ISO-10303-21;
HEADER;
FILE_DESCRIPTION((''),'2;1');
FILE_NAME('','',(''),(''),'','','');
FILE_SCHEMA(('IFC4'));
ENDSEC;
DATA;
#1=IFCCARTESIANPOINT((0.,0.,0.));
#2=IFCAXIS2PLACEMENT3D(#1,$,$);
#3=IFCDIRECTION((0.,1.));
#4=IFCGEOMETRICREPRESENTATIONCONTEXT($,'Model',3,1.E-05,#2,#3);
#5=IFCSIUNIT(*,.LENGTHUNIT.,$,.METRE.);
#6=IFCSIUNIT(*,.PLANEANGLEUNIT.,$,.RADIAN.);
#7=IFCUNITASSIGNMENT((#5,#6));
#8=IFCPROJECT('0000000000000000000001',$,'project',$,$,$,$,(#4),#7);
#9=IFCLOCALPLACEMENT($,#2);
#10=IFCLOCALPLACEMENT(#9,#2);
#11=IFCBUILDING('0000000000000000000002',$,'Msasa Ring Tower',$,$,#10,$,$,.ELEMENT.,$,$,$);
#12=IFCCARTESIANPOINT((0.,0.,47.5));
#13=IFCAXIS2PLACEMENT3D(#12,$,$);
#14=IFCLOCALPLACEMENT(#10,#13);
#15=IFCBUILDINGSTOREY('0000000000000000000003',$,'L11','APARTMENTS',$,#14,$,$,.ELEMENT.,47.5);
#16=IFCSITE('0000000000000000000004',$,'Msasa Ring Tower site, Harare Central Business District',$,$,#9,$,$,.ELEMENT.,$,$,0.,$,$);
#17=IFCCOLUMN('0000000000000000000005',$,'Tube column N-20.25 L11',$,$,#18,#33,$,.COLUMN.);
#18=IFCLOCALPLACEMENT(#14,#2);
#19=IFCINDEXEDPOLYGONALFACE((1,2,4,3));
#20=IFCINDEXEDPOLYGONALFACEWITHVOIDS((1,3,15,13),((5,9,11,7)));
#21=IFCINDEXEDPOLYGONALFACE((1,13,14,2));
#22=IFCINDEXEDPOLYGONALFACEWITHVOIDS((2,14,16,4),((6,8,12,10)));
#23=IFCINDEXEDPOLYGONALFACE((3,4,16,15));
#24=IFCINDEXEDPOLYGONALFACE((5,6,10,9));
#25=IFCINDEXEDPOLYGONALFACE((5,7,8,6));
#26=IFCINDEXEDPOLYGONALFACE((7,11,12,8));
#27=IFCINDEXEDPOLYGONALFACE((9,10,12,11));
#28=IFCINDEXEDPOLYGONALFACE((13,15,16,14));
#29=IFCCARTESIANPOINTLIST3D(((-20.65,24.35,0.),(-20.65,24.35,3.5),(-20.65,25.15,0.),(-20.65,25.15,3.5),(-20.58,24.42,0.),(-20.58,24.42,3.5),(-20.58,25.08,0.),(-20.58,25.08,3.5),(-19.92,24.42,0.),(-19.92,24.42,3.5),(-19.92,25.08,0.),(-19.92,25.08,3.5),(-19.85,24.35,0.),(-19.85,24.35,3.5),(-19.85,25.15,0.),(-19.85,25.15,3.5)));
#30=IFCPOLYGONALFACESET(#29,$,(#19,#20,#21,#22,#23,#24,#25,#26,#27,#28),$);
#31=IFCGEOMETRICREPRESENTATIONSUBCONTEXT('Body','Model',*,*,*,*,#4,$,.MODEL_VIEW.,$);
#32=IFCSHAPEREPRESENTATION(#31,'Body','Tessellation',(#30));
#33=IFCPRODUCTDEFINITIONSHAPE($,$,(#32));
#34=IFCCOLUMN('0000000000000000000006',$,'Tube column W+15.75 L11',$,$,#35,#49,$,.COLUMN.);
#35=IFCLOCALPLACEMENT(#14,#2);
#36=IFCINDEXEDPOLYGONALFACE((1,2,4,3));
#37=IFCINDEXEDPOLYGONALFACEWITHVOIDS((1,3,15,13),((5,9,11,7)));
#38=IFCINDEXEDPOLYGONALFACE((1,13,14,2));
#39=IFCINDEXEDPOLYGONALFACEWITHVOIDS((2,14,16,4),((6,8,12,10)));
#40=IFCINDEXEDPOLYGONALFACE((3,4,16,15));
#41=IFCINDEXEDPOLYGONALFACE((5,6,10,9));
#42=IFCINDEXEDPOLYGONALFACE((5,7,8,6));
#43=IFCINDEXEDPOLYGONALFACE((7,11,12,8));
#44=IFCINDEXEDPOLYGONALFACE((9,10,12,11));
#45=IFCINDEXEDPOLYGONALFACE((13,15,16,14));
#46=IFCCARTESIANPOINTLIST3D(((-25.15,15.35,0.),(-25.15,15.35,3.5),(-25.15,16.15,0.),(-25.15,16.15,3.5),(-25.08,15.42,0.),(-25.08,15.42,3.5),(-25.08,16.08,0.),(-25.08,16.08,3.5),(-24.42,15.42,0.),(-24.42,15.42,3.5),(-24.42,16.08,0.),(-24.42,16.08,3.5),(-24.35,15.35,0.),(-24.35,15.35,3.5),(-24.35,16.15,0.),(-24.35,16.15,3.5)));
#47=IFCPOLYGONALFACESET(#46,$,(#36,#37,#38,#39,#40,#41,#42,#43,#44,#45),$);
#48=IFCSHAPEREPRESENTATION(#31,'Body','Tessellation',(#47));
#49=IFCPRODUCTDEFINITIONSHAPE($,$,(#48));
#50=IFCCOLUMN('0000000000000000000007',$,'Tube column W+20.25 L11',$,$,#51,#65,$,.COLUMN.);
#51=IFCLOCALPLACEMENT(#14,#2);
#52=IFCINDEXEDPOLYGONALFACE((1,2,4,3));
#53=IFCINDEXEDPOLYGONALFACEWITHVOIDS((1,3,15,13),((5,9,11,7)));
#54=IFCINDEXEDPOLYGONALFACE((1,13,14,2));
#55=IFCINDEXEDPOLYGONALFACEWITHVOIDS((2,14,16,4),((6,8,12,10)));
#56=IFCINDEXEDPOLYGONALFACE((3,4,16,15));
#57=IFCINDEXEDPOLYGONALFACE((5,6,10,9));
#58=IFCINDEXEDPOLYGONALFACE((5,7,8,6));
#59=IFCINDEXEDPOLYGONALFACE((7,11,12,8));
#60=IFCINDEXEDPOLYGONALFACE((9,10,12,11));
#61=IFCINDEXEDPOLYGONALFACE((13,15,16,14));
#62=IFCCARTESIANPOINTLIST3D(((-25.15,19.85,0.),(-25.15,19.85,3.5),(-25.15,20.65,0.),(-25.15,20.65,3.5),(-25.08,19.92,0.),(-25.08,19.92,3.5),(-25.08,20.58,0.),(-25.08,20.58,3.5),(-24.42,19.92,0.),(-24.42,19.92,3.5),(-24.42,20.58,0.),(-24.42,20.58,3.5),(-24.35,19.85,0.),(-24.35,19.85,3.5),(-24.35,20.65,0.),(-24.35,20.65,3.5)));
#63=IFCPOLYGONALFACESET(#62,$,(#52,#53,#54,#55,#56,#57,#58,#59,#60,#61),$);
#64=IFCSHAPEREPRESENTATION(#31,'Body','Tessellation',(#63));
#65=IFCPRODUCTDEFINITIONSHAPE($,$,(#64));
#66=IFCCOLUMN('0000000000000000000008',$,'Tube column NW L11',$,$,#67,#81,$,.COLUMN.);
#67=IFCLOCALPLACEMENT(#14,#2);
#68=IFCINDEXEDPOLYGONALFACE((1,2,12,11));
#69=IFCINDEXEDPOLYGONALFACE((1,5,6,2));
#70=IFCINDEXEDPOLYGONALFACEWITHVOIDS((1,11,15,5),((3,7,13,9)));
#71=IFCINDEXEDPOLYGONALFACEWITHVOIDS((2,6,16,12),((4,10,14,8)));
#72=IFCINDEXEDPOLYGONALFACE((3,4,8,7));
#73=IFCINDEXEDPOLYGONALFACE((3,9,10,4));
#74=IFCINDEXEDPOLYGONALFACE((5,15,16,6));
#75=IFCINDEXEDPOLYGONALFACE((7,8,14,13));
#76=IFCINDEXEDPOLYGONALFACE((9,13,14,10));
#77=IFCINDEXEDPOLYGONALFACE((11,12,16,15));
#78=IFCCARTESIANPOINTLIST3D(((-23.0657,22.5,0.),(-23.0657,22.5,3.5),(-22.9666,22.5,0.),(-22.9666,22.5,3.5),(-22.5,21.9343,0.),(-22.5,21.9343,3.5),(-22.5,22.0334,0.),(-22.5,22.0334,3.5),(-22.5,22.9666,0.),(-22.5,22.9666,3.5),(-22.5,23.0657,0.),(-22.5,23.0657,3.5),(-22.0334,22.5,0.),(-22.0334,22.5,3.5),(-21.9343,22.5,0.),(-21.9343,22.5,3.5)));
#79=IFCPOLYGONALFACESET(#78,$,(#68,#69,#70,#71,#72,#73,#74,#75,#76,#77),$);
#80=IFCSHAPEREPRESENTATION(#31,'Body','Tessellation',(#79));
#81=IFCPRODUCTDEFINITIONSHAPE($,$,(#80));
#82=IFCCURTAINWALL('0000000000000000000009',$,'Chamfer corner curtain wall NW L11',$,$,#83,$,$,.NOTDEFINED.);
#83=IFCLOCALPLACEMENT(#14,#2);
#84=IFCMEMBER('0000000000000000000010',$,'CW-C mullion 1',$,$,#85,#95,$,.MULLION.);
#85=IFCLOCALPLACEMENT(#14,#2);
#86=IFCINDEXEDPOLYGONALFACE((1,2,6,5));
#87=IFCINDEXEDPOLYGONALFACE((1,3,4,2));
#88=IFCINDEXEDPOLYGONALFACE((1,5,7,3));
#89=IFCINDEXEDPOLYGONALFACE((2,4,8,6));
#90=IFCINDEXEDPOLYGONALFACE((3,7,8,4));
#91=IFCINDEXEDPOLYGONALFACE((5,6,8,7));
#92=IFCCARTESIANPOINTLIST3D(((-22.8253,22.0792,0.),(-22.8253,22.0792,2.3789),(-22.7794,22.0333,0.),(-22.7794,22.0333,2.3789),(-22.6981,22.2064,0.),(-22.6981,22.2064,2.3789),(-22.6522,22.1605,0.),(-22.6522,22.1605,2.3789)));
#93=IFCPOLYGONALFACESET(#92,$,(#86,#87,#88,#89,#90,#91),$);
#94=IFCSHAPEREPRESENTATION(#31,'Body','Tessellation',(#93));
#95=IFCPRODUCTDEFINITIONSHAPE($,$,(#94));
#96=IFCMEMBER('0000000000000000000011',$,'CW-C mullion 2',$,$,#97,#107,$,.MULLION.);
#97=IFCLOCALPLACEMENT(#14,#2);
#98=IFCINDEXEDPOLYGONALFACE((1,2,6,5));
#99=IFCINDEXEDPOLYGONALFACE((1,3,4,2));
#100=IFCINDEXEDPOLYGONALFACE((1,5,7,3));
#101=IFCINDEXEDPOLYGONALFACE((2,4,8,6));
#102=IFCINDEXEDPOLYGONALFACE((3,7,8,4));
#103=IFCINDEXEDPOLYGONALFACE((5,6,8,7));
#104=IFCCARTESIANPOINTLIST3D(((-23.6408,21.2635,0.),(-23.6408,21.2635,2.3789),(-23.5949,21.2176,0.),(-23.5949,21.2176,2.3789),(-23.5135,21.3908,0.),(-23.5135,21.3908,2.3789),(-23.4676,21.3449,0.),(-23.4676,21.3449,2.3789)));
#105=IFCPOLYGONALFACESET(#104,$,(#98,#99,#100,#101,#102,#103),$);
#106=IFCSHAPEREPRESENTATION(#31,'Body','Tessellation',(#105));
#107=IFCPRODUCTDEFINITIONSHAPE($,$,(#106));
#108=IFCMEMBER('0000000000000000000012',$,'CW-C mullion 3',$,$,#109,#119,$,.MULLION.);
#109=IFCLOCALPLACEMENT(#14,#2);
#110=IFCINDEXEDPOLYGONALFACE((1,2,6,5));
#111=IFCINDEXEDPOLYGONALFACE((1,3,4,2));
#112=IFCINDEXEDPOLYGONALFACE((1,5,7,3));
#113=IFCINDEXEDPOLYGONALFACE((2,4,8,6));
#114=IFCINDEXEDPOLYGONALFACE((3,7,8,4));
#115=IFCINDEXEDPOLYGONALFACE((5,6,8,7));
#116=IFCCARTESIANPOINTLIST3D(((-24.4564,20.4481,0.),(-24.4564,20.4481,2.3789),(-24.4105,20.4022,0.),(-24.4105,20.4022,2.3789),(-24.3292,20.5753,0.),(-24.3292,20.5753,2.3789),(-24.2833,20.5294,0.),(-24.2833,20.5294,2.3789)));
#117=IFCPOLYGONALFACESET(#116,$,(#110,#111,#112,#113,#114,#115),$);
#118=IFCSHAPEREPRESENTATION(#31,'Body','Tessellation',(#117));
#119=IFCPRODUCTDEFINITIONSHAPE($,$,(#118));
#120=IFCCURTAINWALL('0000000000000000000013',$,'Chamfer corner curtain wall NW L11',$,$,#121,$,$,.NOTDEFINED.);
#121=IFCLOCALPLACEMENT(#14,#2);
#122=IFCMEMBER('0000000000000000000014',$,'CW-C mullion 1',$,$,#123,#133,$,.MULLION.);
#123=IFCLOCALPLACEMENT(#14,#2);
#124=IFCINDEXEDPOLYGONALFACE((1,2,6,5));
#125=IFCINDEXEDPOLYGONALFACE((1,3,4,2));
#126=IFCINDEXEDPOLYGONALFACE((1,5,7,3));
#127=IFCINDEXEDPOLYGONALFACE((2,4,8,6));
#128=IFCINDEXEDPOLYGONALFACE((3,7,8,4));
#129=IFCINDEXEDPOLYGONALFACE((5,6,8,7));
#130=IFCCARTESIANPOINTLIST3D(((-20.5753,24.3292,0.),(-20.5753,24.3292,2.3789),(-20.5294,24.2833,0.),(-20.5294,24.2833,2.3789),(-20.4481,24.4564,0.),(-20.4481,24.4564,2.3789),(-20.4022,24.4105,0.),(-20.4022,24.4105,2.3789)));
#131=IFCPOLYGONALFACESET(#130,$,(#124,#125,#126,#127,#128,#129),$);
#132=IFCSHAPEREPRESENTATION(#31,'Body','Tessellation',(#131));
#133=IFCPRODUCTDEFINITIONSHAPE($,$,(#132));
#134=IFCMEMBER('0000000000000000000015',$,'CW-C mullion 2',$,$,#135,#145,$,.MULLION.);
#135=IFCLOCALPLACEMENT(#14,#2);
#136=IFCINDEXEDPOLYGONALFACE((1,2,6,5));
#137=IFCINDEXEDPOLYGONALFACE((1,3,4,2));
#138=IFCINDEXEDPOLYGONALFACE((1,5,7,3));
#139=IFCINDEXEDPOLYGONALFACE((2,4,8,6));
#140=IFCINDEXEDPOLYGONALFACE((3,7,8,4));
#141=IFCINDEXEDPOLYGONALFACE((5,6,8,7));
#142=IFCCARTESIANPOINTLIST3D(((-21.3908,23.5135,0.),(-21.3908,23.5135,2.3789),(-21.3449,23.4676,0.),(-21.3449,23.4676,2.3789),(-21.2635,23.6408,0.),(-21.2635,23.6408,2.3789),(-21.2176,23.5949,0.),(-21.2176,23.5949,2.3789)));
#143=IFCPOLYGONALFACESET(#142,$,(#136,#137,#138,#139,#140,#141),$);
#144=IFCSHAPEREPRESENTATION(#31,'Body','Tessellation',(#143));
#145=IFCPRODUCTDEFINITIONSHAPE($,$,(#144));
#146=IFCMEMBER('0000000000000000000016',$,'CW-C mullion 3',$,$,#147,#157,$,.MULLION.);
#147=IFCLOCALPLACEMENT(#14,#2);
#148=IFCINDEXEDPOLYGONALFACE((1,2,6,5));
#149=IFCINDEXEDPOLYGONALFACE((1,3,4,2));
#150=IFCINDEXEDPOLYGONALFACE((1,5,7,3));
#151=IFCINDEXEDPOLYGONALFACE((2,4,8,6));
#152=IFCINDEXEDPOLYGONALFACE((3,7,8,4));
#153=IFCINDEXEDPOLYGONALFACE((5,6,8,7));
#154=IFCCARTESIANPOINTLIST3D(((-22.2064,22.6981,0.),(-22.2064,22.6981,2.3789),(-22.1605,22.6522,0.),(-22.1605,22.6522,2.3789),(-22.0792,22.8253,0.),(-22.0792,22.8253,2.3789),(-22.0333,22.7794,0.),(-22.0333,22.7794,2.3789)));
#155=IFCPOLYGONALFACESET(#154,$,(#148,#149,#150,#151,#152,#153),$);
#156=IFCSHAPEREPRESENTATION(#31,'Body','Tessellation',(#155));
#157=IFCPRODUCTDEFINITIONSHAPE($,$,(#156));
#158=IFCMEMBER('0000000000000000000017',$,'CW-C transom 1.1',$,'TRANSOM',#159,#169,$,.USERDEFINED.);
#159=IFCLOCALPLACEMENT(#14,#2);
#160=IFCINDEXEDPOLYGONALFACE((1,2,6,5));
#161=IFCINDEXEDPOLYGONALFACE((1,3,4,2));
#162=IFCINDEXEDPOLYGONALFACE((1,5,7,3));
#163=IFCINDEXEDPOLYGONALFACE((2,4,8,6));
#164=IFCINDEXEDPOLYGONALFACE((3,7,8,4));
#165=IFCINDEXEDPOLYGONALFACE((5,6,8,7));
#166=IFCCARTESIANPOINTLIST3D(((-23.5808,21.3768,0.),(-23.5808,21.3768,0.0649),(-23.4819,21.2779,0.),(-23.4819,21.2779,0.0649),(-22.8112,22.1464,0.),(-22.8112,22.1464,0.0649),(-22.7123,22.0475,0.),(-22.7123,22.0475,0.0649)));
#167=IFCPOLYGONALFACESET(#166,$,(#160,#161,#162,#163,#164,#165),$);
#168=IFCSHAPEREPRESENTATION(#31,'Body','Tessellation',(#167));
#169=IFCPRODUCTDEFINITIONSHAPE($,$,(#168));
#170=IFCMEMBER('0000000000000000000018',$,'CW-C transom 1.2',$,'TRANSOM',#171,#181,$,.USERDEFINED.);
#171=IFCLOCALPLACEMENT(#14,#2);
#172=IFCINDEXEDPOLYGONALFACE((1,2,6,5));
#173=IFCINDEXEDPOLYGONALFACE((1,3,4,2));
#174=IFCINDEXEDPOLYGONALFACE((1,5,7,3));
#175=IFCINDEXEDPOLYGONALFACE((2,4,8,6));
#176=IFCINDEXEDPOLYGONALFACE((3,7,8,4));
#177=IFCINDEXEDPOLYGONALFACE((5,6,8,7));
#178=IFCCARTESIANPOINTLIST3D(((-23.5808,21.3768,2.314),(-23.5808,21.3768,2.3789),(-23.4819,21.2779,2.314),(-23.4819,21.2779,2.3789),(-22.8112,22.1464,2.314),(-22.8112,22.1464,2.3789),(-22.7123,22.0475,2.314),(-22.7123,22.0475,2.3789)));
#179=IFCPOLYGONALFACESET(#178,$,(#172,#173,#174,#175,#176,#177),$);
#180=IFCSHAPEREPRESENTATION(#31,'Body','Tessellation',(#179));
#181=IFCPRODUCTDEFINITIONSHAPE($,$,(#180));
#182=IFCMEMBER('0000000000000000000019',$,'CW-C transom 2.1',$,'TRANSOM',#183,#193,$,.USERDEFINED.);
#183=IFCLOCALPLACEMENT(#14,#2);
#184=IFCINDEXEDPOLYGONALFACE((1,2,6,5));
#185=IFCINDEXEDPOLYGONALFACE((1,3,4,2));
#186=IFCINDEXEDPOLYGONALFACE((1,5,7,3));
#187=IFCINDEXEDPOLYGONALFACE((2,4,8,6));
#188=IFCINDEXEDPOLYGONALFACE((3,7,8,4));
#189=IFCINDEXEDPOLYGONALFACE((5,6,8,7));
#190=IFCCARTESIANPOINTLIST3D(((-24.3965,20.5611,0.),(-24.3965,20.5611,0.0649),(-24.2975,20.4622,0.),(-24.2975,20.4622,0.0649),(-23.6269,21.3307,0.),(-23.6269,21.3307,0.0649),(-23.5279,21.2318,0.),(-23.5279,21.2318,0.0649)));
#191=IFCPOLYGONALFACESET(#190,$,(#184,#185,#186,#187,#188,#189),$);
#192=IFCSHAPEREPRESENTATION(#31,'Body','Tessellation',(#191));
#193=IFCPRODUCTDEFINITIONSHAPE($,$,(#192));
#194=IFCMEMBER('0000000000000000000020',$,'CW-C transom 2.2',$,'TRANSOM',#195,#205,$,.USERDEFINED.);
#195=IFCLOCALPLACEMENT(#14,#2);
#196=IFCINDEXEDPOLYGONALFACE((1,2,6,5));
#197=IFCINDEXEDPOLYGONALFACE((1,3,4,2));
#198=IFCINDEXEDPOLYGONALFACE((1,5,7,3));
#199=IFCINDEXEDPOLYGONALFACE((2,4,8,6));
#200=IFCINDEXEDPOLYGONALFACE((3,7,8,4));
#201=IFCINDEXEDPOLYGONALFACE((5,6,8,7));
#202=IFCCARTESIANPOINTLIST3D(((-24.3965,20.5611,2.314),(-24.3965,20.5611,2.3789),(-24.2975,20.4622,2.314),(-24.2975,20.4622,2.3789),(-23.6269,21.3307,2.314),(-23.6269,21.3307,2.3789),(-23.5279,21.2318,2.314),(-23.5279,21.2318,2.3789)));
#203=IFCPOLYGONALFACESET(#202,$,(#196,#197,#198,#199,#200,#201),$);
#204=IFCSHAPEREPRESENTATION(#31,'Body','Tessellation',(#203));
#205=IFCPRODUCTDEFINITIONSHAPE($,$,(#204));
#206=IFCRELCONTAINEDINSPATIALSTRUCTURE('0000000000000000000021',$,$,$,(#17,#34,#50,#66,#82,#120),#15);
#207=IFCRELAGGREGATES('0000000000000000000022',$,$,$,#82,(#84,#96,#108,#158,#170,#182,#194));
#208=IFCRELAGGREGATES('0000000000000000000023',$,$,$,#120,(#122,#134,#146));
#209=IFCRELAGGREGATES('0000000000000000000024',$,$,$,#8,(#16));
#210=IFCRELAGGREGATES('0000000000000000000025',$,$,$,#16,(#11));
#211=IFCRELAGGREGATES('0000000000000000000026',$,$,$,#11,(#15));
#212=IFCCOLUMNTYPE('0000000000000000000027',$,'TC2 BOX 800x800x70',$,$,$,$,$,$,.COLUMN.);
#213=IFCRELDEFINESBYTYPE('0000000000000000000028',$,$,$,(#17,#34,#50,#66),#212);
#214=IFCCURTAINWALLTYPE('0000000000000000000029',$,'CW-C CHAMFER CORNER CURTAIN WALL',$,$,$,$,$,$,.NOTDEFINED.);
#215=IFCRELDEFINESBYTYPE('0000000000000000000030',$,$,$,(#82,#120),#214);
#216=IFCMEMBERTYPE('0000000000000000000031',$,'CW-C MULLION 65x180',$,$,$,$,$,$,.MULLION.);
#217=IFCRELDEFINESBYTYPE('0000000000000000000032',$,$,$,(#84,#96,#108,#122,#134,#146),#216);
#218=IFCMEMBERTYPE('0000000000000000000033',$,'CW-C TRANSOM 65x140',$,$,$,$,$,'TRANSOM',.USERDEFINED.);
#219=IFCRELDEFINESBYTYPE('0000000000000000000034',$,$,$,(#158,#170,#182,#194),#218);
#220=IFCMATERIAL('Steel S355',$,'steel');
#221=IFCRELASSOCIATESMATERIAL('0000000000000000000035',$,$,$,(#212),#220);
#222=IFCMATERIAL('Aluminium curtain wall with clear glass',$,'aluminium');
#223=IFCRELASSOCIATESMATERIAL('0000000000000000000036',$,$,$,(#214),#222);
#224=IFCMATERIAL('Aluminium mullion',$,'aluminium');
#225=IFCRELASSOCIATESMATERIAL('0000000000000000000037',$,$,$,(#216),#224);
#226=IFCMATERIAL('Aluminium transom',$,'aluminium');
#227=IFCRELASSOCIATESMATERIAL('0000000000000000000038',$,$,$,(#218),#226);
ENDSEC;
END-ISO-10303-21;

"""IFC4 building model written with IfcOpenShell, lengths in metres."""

from ifc_helpers import new_model, si_unit, direction, frame, origin, origin_2d, place, context, subcontext, project, spatial, rectangle, hollow_rectangle, extrude, material, material_profile, profile_set, type_object, element, aggregate, save


model = new_model("IFC4")

# Units and contexts
model_context = context("Model", 3, precision=1e-05, world=origin(), true_north=direction((0.0, 1.0)))
body_context = subcontext(model_context, "Body", "Model", "MODEL_VIEW")
ifc_project = project(units=[si_unit("LENGTHUNIT", "METRE"), si_unit("PLANEANGLEUNIT", "RADIAN")], contexts=[model_context])

# Site, building, storey
site_placement = place(None, origin())
site = spatial("IfcSite", under=ifc_project, at=site_placement, Name="Msasa Ring Tower site, Harare Central Business District", CompositionType="ELEMENT", RefElevation=0.0)
building_placement = place(site_placement, origin())
building = spatial("IfcBuilding", under=site, at=building_placement, Name="Msasa Ring Tower", CompositionType="ELEMENT")
storey_placement = place(building_placement, frame((0.0, 0.0, 47.5)))
storey = spatial("IfcBuildingStorey", under=building, at=storey_placement, Name="L11", Description="APARTMENTS", CompositionType="ELEMENT", Elevation=47.5)

# Columns
ifc_material_1 = material(Name="Steel S355", Category="steel")
ifc_material_profile_1 = material_profile(ifc_material_1, hollow_rectangle(XDim=0.8, YDim=0.8, WallThickness=0.0701, at=origin_2d()), Name="BOX 800x800x70")
ifc_profile_set_1 = profile_set([ifc_material_profile_1], Name="Steel S355")
column_type = type_object("IfcColumnType", Name="TC2 BOX 800x800x70", PredefinedType="COLUMN", material=ifc_profile_set_1)
for number, where, z_axis, x_axis, name in (
    (1, (-20.25, 24.75, 0.0), (0.0, 0.0, 1.0), (0.0, 1.0, 0.0), "Tube column N-20.25 L11"),
    (2, (-24.75, 15.75, 0.0), (0.0, 0.0, 1.0), (1.0, 0.0, 0.0), "Tube column W+15.75 L11"),
    (3, (-24.75, 20.25, 0.0), (0.0, 0.0, 1.0), (1.0, 0.0, 0.0), "Tube column W+20.25 L11"),
    (4, (-22.5, 22.5, 0.0), (0.0, 0.0, 1.0), (0.707107, -0.707107, 0.0), "Tube column NW L11"),
):
    element("IfcColumn", number, at=place(storey_placement, frame(where, z_axis=z_axis, x_axis=x_axis)), inside=storey, type_object=column_type, Name=name, PredefinedType="COLUMN", context=body_context, shape_type="SweptSolid", body=[
        extrude(hollow_rectangle(XDim=0.8, YDim=0.8, WallThickness=0.0701, at=origin_2d()), origin(), (0.0, 0.0, 1.0), 3.5),
    ])

# Curtain walls, members
ifc_material_2 = material(Name="Aluminium curtain wall with clear glass", Category="aluminium")
curtain_wall_type = type_object("IfcCurtainWallType", Name="CW-C CHAMFER CORNER CURTAIN WALL", PredefinedType="NOTDEFINED", material=ifc_material_2)
curtain_wall_1_placement = place(storey_placement, origin())
curtain_wall_1 = element("IfcCurtainWall", 5, at=curtain_wall_1_placement, inside=storey, type_object=curtain_wall_type, Name="Chamfer corner curtain wall NW L11", PredefinedType="NOTDEFINED")
ifc_material_3 = material(Name="Aluminium mullion", Category="aluminium")
ifc_material_profile_2 = material_profile(ifc_material_3, rectangle(XDim=0.0649, YDim=0.1799, at=origin_2d()), Name="AL 65x180")
ifc_profile_set_2 = profile_set([ifc_material_profile_2], Name="Aluminium mullion")
member_type_1 = type_object("IfcMemberType", Name="CW-C MULLION 65x180", PredefinedType="MULLION", material=ifc_profile_set_2)
member_1_placement = place(storey_placement, frame((-22.7388, 22.1199, 0.0), z_axis=(0.0, 0.0, 1.0), x_axis=(0.707107, -0.707107, 0.0)))
member_1 = element("IfcMember", 6, at=member_1_placement, type_object=member_type_1, Name="CW-C mullion 1", PredefinedType="MULLION", context=body_context, shape_type="SweptSolid", body=[
    extrude(rectangle(XDim=0.0649, YDim=0.1799, at=origin_2d()), origin(), (0.0, 0.0, 1.0), 2.3789),
])
member_2_placement = place(storey_placement, frame((-23.5542, 21.3042, 0.0), z_axis=(0.0, 0.0, 1.0), x_axis=(0.707107, -0.707107, 0.0)))
member_2 = element("IfcMember", 7, at=member_2_placement, type_object=member_type_1, Name="CW-C mullion 2", PredefinedType="MULLION", context=body_context, shape_type="SweptSolid", body=[
    extrude(rectangle(XDim=0.0649, YDim=0.1799, at=origin_2d()), origin(), (0.0, 0.0, 1.0), 2.3789),
])
member_3_placement = place(storey_placement, frame((-24.3699, 20.4888, 0.0), z_axis=(0.0, 0.0, 1.0), x_axis=(0.707107, -0.707107, 0.0)))
member_3 = element("IfcMember", 8, at=member_3_placement, type_object=member_type_1, Name="CW-C mullion 3", PredefinedType="MULLION", context=body_context, shape_type="SweptSolid", body=[
    extrude(rectangle(XDim=0.0649, YDim=0.1799, at=origin_2d()), origin(), (0.0, 0.0, 1.0), 2.3789),
])
curtain_wall_2_placement = place(storey_placement, origin())
curtain_wall_2 = element("IfcCurtainWall", 9, at=curtain_wall_2_placement, inside=storey, type_object=curtain_wall_type, Name="Chamfer corner curtain wall NW L11", PredefinedType="NOTDEFINED")
member_4_placement = place(storey_placement, frame((-20.4888, 24.3699, 0.0), z_axis=(0.0, 0.0, 1.0), x_axis=(0.707107, -0.707107, 0.0)))
member_4 = element("IfcMember", 10, at=member_4_placement, type_object=member_type_1, Name="CW-C mullion 1", PredefinedType="MULLION", context=body_context, shape_type="SweptSolid", body=[
    extrude(rectangle(XDim=0.0649, YDim=0.1799, at=origin_2d()), origin(), (0.0, 0.0, 1.0), 2.3789),
])
member_5_placement = place(storey_placement, frame((-21.3042, 23.5542, 0.0), z_axis=(0.0, 0.0, 1.0), x_axis=(0.707107, -0.707107, 0.0)))
member_5 = element("IfcMember", 11, at=member_5_placement, type_object=member_type_1, Name="CW-C mullion 2", PredefinedType="MULLION", context=body_context, shape_type="SweptSolid", body=[
    extrude(rectangle(XDim=0.0649, YDim=0.1799, at=origin_2d()), origin(), (0.0, 0.0, 1.0), 2.3789),
])
member_6_placement = place(storey_placement, frame((-22.1199, 22.7388, 0.0), z_axis=(0.0, 0.0, 1.0), x_axis=(0.707107, -0.707107, 0.0)))
member_6 = element("IfcMember", 12, at=member_6_placement, type_object=member_type_1, Name="CW-C mullion 3", PredefinedType="MULLION", context=body_context, shape_type="SweptSolid", body=[
    extrude(rectangle(XDim=0.0649, YDim=0.1799, at=origin_2d()), origin(), (0.0, 0.0, 1.0), 2.3789),
])

# Members
ifc_material_4 = material(Name="Aluminium transom", Category="aluminium")
ifc_material_profile_3 = material_profile(ifc_material_4, rectangle(XDim=0.1399, YDim=0.0649, at=origin_2d()), Name="AL 65x140")
ifc_profile_set_3 = profile_set([ifc_material_profile_3], Name="Aluminium transom")
member_type_2 = type_object("IfcMemberType", Name="CW-C TRANSOM 65x140", ElementType="TRANSOM", PredefinedType="USERDEFINED", material=ifc_profile_set_3)
member_7_placement = place(storey_placement, frame((-22.7617, 22.0969, 0.0325), z_axis=(-0.707107, -0.707107, 0.0), x_axis=(0.707107, -0.707107, 0.0)))
member_7 = element("IfcMember", 13, at=member_7_placement, type_object=member_type_2, Name="CW-C transom 1.1", ObjectType="TRANSOM", PredefinedType="USERDEFINED", context=body_context, shape_type="SweptSolid", body=[
    extrude(rectangle(XDim=0.1399, YDim=0.0649, at=origin_2d()), origin(), (0.0, 0.0, 1.0), 1.0884),
])
member_8_placement = place(storey_placement, frame((-22.7617, 22.0969, 2.3464), z_axis=(-0.707107, -0.707107, 0.0), x_axis=(0.707107, -0.707107, 0.0)))
member_8 = element("IfcMember", 14, at=member_8_placement, type_object=member_type_2, Name="CW-C transom 1.2", ObjectType="TRANSOM", PredefinedType="USERDEFINED", context=body_context, shape_type="SweptSolid", body=[
    extrude(rectangle(XDim=0.1399, YDim=0.0649, at=origin_2d()), origin(), (0.0, 0.0, 1.0), 1.0884),
])
member_9_placement = place(storey_placement, frame((-23.5774, 21.2812, 0.0325), z_axis=(-0.707107, -0.707107, 0.0), x_axis=(0.707107, -0.707107, 0.0)))
member_9 = element("IfcMember", 15, at=member_9_placement, type_object=member_type_2, Name="CW-C transom 2.1", ObjectType="TRANSOM", PredefinedType="USERDEFINED", context=body_context, shape_type="SweptSolid", body=[
    extrude(rectangle(XDim=0.1399, YDim=0.0649, at=origin_2d()), origin(), (0.0, 0.0, 1.0), 1.0884),
])
member_10_placement = place(storey_placement, frame((-23.5774, 21.2812, 2.3464), z_axis=(-0.707107, -0.707107, 0.0), x_axis=(0.707107, -0.707107, 0.0)))
member_10 = element("IfcMember", 16, at=member_10_placement, type_object=member_type_2, Name="CW-C transom 2.2", ObjectType="TRANSOM", PredefinedType="USERDEFINED", context=body_context, shape_type="SweptSolid", body=[
    extrude(rectangle(XDim=0.1399, YDim=0.0649, at=origin_2d()), origin(), (0.0, 0.0, 1.0), 1.0884),
])

aggregate(curtain_wall_1, [member_1, member_2, member_3, member_7, member_8, member_9, member_10])
aggregate(curtain_wall_2, [member_4, member_5, member_6])

save(model, "model.ifc")
